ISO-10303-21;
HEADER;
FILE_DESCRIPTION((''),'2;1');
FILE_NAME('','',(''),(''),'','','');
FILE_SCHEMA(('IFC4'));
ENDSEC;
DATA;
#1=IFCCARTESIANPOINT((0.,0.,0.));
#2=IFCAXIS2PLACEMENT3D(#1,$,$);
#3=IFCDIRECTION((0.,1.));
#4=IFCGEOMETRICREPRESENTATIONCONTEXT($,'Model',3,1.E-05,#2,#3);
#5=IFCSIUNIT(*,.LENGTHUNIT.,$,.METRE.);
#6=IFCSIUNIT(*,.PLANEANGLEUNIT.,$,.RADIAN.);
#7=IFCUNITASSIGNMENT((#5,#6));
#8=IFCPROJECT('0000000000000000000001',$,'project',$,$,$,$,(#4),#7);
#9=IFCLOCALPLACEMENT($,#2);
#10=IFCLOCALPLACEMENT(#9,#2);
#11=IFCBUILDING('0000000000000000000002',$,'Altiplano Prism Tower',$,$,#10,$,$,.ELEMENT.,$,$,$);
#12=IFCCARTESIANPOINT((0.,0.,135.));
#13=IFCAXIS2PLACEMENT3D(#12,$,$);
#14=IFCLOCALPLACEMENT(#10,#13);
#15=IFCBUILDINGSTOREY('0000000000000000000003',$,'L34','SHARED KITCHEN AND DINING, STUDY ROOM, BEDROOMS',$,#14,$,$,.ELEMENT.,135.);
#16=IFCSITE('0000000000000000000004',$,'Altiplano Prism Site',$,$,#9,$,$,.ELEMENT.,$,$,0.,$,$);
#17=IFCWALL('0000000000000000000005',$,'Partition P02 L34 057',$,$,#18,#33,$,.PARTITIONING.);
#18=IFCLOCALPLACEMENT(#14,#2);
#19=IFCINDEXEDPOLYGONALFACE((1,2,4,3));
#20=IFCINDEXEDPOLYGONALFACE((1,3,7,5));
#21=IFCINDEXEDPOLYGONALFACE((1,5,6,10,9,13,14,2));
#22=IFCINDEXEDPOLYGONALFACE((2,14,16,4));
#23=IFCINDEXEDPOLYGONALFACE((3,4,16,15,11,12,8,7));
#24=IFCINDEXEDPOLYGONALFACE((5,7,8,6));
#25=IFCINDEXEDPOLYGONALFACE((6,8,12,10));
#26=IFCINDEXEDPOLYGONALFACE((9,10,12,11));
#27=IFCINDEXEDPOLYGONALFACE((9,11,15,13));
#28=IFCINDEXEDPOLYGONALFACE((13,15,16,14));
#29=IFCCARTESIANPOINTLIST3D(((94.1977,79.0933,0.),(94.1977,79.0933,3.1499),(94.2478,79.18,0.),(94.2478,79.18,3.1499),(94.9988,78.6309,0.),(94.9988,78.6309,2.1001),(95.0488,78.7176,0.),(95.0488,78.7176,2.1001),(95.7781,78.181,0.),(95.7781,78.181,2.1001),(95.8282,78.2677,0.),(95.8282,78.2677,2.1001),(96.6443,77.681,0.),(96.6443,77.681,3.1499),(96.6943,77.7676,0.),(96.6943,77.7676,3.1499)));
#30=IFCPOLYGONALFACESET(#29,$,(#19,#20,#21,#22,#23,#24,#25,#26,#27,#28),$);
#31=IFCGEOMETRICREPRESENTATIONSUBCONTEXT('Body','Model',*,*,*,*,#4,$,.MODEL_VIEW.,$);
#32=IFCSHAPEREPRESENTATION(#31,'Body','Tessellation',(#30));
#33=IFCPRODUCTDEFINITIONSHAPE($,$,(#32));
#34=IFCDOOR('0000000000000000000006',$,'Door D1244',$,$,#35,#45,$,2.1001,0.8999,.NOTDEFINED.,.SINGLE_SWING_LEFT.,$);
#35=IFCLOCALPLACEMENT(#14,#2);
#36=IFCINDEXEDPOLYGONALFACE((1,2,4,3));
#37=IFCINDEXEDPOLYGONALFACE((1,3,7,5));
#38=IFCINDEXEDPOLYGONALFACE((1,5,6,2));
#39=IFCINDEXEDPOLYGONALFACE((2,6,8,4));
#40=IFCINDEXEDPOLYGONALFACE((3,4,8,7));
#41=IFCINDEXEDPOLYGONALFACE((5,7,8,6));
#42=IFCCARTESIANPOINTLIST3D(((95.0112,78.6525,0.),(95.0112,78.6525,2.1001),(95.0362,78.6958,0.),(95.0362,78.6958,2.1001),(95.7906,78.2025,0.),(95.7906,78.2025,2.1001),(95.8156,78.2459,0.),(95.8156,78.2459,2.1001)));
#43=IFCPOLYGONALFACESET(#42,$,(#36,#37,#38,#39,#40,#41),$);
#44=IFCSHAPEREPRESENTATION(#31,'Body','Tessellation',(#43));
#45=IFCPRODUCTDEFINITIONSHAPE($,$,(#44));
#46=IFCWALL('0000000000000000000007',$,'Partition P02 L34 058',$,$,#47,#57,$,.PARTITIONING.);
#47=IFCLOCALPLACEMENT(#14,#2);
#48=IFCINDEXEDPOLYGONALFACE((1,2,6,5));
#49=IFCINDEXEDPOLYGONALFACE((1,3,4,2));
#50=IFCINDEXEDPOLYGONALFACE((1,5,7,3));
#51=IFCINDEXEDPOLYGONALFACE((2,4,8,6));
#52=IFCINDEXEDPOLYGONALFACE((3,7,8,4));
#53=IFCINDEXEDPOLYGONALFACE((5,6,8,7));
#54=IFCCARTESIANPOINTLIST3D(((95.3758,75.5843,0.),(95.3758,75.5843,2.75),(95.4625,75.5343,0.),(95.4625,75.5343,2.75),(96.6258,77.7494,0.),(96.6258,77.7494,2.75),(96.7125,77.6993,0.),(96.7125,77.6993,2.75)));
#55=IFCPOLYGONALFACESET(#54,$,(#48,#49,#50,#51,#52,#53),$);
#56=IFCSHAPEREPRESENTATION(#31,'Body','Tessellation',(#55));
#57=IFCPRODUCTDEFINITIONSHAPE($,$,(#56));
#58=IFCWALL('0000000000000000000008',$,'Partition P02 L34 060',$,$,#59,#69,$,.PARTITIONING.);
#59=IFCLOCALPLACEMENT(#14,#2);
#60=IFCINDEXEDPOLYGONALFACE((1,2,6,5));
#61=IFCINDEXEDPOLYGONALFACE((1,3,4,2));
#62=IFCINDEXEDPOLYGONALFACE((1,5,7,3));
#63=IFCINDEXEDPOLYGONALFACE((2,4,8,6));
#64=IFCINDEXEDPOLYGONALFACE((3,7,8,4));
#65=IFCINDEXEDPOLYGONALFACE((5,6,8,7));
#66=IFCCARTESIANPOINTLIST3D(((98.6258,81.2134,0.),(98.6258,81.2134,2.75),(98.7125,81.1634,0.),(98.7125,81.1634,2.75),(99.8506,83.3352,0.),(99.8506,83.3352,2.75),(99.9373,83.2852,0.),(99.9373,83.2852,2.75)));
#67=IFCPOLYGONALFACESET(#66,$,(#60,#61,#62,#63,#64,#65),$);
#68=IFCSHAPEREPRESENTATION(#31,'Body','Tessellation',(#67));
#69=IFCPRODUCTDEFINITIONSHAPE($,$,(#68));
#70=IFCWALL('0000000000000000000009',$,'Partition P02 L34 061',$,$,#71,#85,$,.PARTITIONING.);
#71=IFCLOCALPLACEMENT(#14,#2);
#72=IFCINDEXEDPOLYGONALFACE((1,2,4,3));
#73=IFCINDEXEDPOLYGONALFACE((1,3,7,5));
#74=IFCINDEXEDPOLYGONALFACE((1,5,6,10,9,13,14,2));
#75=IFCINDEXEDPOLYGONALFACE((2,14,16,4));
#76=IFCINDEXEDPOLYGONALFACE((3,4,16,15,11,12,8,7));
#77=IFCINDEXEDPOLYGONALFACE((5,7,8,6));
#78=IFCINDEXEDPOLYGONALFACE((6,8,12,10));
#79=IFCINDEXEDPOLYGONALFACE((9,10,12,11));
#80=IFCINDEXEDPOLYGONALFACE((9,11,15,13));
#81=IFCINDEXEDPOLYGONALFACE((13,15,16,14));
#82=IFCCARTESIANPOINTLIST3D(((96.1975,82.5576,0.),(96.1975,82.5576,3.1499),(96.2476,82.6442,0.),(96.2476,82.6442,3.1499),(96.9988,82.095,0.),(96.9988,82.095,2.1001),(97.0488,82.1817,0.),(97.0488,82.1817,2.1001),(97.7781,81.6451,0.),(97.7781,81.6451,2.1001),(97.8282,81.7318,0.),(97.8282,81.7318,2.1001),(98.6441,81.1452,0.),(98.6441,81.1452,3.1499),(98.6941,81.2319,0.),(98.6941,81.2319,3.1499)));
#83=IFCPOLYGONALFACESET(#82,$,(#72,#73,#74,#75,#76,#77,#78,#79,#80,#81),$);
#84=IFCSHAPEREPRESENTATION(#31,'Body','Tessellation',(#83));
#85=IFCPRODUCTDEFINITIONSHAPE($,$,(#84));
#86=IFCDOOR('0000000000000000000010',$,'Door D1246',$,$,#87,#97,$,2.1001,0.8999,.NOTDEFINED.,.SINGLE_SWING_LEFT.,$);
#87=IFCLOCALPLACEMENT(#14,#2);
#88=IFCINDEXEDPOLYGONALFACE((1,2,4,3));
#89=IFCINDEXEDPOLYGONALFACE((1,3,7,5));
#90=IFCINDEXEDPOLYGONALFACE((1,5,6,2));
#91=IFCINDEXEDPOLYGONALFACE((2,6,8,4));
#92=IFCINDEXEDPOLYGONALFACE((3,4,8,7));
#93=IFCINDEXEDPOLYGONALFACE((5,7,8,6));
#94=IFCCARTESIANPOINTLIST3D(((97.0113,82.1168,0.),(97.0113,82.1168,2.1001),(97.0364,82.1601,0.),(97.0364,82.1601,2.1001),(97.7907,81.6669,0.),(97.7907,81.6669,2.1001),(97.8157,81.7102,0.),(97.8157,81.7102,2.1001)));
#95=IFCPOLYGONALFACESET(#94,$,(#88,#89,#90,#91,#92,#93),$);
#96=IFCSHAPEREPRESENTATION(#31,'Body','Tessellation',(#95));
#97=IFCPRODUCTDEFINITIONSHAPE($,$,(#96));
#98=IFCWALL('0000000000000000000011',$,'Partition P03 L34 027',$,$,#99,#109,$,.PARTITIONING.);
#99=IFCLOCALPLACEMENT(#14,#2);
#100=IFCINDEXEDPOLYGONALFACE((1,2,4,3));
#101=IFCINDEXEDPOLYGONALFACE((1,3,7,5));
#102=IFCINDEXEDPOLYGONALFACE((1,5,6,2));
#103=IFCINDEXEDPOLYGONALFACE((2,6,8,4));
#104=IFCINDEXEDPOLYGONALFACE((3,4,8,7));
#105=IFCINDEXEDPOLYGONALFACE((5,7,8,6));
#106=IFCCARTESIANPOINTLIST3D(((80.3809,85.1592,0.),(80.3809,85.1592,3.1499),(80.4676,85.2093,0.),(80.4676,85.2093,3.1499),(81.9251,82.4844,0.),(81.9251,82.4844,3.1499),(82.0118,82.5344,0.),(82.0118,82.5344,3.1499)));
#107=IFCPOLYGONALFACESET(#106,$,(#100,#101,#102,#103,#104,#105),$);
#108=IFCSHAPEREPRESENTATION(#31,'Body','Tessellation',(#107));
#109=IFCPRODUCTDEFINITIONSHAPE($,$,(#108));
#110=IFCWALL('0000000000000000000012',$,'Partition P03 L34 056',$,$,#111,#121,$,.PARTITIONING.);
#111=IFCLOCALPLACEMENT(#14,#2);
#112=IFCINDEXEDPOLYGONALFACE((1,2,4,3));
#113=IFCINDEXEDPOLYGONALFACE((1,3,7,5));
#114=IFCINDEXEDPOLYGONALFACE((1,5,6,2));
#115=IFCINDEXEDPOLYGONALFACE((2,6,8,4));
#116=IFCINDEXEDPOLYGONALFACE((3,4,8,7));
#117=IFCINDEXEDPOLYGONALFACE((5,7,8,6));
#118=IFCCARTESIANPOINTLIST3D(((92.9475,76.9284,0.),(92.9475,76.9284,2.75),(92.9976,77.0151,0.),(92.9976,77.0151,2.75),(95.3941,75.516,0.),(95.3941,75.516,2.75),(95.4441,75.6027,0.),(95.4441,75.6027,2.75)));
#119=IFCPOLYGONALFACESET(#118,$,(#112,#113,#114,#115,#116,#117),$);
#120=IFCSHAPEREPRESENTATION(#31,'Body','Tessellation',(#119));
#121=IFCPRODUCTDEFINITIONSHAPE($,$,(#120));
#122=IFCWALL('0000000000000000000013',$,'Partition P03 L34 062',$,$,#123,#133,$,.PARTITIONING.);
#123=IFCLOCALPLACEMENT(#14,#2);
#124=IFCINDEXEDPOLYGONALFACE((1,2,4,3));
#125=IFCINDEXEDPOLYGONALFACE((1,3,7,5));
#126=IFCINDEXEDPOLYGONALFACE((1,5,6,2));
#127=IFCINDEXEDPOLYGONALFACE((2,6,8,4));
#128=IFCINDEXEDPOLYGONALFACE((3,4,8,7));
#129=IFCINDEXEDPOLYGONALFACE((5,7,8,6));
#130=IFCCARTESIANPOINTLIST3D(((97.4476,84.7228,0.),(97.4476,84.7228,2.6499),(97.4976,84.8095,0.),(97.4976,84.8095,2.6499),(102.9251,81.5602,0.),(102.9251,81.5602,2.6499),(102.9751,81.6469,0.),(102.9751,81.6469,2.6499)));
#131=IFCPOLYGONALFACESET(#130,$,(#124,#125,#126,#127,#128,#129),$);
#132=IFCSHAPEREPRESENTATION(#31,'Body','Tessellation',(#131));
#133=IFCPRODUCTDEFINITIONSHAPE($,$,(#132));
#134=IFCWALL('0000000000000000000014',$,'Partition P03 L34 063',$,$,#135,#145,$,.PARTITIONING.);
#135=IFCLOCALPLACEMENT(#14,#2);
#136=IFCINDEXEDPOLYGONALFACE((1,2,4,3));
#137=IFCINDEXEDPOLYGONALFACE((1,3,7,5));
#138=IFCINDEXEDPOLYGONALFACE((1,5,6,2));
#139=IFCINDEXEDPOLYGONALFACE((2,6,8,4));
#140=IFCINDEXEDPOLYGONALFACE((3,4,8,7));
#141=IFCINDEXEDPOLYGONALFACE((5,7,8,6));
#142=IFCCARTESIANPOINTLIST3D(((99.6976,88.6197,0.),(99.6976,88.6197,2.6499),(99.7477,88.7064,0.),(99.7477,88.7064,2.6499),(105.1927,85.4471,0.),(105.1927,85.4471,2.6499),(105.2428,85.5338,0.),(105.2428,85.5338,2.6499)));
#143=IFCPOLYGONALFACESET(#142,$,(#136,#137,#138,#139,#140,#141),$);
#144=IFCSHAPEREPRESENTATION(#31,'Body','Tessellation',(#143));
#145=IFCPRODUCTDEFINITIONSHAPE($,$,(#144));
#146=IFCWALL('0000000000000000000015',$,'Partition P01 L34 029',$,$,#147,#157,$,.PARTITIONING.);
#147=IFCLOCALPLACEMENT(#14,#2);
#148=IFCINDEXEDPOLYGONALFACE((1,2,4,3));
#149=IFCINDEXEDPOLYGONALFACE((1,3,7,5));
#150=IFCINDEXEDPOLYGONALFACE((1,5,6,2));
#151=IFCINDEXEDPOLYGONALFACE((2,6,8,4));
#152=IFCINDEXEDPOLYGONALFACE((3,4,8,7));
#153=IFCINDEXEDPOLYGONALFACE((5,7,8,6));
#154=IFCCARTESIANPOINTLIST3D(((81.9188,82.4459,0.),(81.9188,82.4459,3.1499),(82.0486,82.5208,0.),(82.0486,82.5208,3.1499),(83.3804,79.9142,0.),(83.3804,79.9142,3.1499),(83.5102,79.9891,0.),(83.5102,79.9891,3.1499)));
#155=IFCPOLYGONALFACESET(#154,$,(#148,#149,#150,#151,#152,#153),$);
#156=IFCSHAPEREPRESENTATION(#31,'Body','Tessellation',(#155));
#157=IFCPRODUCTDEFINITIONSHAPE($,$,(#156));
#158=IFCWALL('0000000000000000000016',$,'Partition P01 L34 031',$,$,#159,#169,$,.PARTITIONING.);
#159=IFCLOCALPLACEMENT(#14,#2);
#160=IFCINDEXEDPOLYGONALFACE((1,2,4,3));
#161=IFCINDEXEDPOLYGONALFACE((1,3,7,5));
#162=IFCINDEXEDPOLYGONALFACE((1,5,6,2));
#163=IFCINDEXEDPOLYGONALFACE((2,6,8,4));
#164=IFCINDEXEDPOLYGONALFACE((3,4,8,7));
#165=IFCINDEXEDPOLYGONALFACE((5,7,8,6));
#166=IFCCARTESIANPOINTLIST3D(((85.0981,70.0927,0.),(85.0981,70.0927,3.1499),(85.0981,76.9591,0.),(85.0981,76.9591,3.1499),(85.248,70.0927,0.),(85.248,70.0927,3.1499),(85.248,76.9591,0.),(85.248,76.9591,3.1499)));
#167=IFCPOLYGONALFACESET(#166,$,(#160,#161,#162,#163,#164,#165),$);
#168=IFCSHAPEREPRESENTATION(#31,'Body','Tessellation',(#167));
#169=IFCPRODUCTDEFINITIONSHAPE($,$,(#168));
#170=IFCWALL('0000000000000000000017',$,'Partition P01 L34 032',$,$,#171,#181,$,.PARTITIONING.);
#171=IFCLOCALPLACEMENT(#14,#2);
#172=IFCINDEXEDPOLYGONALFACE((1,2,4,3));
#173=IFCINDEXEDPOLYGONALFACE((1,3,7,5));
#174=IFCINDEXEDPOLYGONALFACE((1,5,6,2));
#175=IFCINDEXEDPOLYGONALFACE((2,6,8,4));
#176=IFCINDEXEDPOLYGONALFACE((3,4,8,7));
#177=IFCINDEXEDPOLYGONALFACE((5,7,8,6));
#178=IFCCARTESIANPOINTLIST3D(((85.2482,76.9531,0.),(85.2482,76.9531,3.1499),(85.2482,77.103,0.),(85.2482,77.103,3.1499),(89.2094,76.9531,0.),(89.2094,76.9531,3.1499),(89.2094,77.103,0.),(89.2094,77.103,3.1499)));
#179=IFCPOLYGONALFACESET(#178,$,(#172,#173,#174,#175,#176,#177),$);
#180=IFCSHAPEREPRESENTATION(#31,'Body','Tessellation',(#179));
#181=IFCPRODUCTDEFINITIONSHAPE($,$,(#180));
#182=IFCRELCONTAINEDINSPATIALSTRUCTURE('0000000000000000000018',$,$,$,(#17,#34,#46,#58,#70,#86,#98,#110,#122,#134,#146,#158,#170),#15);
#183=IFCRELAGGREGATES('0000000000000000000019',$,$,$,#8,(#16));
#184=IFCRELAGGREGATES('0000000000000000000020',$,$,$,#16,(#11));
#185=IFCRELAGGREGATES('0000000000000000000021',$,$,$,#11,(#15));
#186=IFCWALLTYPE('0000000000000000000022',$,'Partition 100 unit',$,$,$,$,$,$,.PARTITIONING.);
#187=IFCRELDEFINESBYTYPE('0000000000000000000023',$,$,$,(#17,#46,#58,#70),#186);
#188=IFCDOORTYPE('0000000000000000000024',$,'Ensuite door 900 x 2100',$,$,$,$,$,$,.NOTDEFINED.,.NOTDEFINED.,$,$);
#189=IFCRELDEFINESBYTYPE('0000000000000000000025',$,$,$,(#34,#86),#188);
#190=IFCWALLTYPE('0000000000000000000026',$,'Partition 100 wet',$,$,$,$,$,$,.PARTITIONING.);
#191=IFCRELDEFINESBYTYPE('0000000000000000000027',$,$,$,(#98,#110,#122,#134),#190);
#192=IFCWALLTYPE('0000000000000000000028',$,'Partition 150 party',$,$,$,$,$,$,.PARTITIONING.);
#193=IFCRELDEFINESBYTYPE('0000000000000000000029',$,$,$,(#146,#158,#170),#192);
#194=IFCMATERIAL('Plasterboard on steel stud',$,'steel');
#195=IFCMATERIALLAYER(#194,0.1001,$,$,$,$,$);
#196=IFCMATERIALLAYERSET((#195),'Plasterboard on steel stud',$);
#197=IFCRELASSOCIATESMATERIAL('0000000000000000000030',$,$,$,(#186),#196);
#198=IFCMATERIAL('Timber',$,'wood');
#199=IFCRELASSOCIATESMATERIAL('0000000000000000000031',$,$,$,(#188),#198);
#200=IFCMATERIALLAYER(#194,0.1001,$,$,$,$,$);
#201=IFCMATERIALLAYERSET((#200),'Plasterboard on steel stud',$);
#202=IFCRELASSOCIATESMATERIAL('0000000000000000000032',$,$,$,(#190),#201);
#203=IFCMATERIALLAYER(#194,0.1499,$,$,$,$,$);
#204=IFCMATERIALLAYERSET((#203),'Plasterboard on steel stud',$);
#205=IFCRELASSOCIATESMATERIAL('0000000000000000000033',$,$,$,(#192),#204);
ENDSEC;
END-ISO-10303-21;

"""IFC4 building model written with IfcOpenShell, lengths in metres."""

from ifc_helpers import new_model, si_unit, direction, frame, frame_2d, origin, place, context, subcontext, project, spatial, rectangle, extrude, material, layer, layer_set, type_object, element, fill, save


model = new_model("IFC4")

# Units and contexts
model_context = context("Model", 3, precision=1e-05, world=origin(), true_north=direction((0.0, 1.0)))
body_context = subcontext(model_context, "Body", "Model", "MODEL_VIEW")
ifc_project = project(units=[si_unit("LENGTHUNIT", "METRE"), si_unit("PLANEANGLEUNIT", "RADIAN")], contexts=[model_context])

# Site, building, storey
site_placement = place(None, origin())
site = spatial("IfcSite", under=ifc_project, at=site_placement, Name="Altiplano Prism Site", CompositionType="ELEMENT", RefElevation=0.0)
building_placement = place(site_placement, origin())
building = spatial("IfcBuilding", under=site, at=building_placement, Name="Altiplano Prism Tower", CompositionType="ELEMENT")
storey_placement = place(building_placement, frame((0.0, 0.0, 135.0)))
storey = spatial("IfcBuildingStorey", under=building, at=storey_placement, Name="L34", Description="SHARED KITCHEN AND DINING, STUDY ROOM, BEDROOMS", CompositionType="ELEMENT", Elevation=135.0)

# Wall, opening, door
ifc_material_1 = material(Name="Plasterboard on steel stud", Category="steel")
ifc_layer_1 = layer(ifc_material_1, 0.1001)
ifc_layer_set_1 = layer_set([ifc_layer_1], Name="Plasterboard on steel stud")
wall_type_1 = type_object("IfcWallType", Name="Partition 100 unit", PredefinedType="PARTITIONING", material=ifc_layer_set_1)
wall_1_placement = place(storey_placement, frame((94.2227, 79.1367, 0.0), z_axis=(0.0, 0.0, 1.0), x_axis=(0.866049, -0.499959, 0.0)))
wall_1 = element("IfcWall", 1, at=wall_1_placement, inside=storey, type_object=wall_type_1, Name="Partition P02 L34 057", PredefinedType="PARTITIONING", context=body_context, shape_type="SweptSolid", body=[
    extrude(rectangle(XDim=2.825, YDim=0.1001, at=frame_2d((1.4126, 0.0))), origin(), (0.0, 0.0, 1.0), 3.1499),
])
opening_1_placement = place(wall_1_placement, frame((0.925, 0.0, 0.0)))
opening_1 = element("IfcOpeningElement", 2, at=opening_1_placement, cuts=wall_1, PredefinedType="OPENING", context=body_context, shape_type="SweptSolid", body=[
    extrude(rectangle(XDim=0.8999, YDim=2.1001, at=frame_2d((0.45, 1.05))), frame((0.0, 0.0605, 0.0), z_axis=(0.0, -1.0, 0.0), x_axis=(1.0, 0.0, 0.0)), (0.0, 0.0, 1.0), 0.1211),
])
ifc_material_2 = material(Name="Timber", Category="wood")
door_type = type_object("IfcDoorType", Name="Ensuite door 900 x 2100", OperationType="NOTDEFINED", PredefinedType="NOTDEFINED", material=ifc_material_2)
door_1_placement = place(opening_1_placement, origin())
door_1 = element("IfcDoor", 3, at=door_1_placement, inside=storey, type_object=door_type, Name="Door D1244", OperationType="SINGLE_SWING_LEFT", OverallHeight=2.1001, OverallWidth=0.8999, PredefinedType="NOTDEFINED", context=body_context, shape_type="SweptSolid", body=[
    extrude(rectangle(XDim=0.8999, YDim=2.1001, at=frame_2d((0.45, 1.05))), frame((0.0, 0.0249, 0.0), z_axis=(0.0, -1.0, 0.0), x_axis=(1.0, 0.0, 0.0)), (0.0, 0.0, 1.0), 0.05),
])
fill(opening_1, door_1)

# Walls
wall_2_placement = place(storey_placement, frame((96.6692, 77.7244, 0.0), z_axis=(0.0, 0.0, 1.0), x_axis=(-0.500004, -0.866023, 0.0)))
element("IfcWall", 4, at=wall_2_placement, inside=storey, type_object=wall_type_1, Name="Partition P02 L34 058", PredefinedType="PARTITIONING", context=body_context, shape_type="SweptSolid", body=[
    extrude(rectangle(XDim=2.5, YDim=0.1001, at=frame_2d((1.25, 0.0))), origin(), (0.0, 0.0, 1.0), 2.75),
])
wall_3_placement = place(storey_placement, frame((99.894, 83.3103, 0.0), z_axis=(0.0, 0.0, 1.0), x_axis=(-0.499944, -0.866058, 0.0)))
element("IfcWall", 5, at=wall_3_placement, inside=storey, type_object=wall_type_1, Name="Partition P02 L34 060", PredefinedType="PARTITIONING", context=body_context, shape_type="SweptSolid", body=[
    extrude(rectangle(XDim=2.45, YDim=0.1001, at=frame_2d((1.2251, 0.0))), origin(), (0.0, 0.0, 1.0), 2.75),
])

# Wall, opening, door
wall_4_placement = place(storey_placement, frame((98.6692, 81.1885, 0.0), z_axis=(0.0, 0.0, 1.0), x_axis=(-0.866049, 0.499959, 0.0)))
wall_4 = element("IfcWall", 6, at=wall_4_placement, inside=storey, type_object=wall_type_1, Name="Partition P02 L34 061", PredefinedType="PARTITIONING", context=body_context, shape_type="SweptSolid", body=[
    extrude(rectangle(XDim=2.825, YDim=0.1001, at=frame_2d((1.4126, 0.0))), origin(), (0.0, 0.0, 1.0), 3.1499),
])
opening_2_placement = place(wall_4_placement, frame((1.0, 0.0, 0.0)))
opening_2 = element("IfcOpeningElement", 7, at=opening_2_placement, cuts=wall_4, PredefinedType="OPENING", context=body_context, shape_type="SweptSolid", body=[
    extrude(rectangle(XDim=0.8999, YDim=2.1001, at=frame_2d((0.45, 1.05))), frame((0.0, 0.0605, 0.0), z_axis=(0.0, -1.0, 0.0), x_axis=(1.0, 0.0, 0.0)), (0.0, 0.0, 1.0), 0.1211),
])
door_2_placement = place(opening_2_placement, origin())
door_2 = element("IfcDoor", 8, at=door_2_placement, inside=storey, type_object=door_type, Name="Door D1246", OperationType="SINGLE_SWING_LEFT", OverallHeight=2.1001, OverallWidth=0.8999, PredefinedType="NOTDEFINED", context=body_context, shape_type="SweptSolid", body=[
    extrude(rectangle(XDim=0.8999, YDim=2.1001, at=frame_2d((0.45, 1.05))), frame((0.0, 0.0249, 0.0), z_axis=(0.0, -1.0, 0.0), x_axis=(1.0, 0.0, 0.0)), (0.0, 0.0, 1.0), 0.05),
])
fill(opening_2, door_2)

# Walls
ifc_layer_2 = layer(ifc_material_1, 0.1001)
ifc_layer_set_2 = layer_set([ifc_layer_2], Name="Plasterboard on steel stud")
wall_type_2 = type_object("IfcWallType", Name="Partition 100 wet", PredefinedType="PARTITIONING", material=ifc_layer_set_2)
wall_5_placement = place(storey_placement, frame((81.9685, 82.5093, 0.0), z_axis=(0.0, 0.0, 1.0), x_axis=(-0.499973, 0.866041, 0.0)))
element("IfcWall", 9, at=wall_5_placement, inside=storey, type_object=wall_type_2, Name="Partition P03 L34 027", PredefinedType="PARTITIONING", context=body_context, shape_type="SweptSolid", body=[
    extrude(rectangle(XDim=3.0886, YDim=0.1001, at=frame_2d((1.5444, 0.0))), origin(), (0.0, 0.0, 1.0), 3.1499),
])
wall_6_placement = place(storey_placement, frame((95.4192, 75.5593, 0.0), z_axis=(0.0, 0.0, 1.0), x_axis=(-0.866049, 0.499959, 0.0)))
element("IfcWall", 10, at=wall_6_placement, inside=storey, type_object=wall_type_2, Name="Partition P03 L34 056", PredefinedType="PARTITIONING", context=body_context, shape_type="SweptSolid", body=[
    extrude(rectangle(XDim=2.825, YDim=0.1001, at=frame_2d((1.4126, 0.0))), origin(), (0.0, 0.0, 1.0), 2.75),
])
wall_7_placement = place(storey_placement, frame((102.9502, 81.6035, 0.0), z_axis=(0.0, 0.0, 1.0), x_axis=(-0.866016, 0.500016, 0.0)))
element("IfcWall", 11, at=wall_7_placement, inside=storey, type_object=wall_type_2, Name="Partition P03 L34 062", PredefinedType="PARTITIONING", context=body_context, shape_type="SweptSolid", body=[
    extrude(rectangle(XDim=6.325, YDim=0.1001, at=frame_2d((3.1626, 0.0))), origin(), (0.0, 0.0, 1.0), 2.6499),
])
wall_8_placement = place(storey_placement, frame((105.2178, 85.4905, 0.0), z_axis=(0.0, 0.0, 1.0), x_axis=(-0.866025, 0.5, 0.0)))
element("IfcWall", 12, at=wall_8_placement, inside=storey, type_object=wall_type_2, Name="Partition P03 L34 063", PredefinedType="PARTITIONING", context=body_context, shape_type="SweptSolid", body=[
    extrude(rectangle(XDim=6.3452, YDim=0.1001, at=frame_2d((3.1726, 0.0))), origin(), (0.0, 0.0, 1.0), 2.6499),
])
ifc_layer_3 = layer(ifc_material_1, 0.1499)
ifc_layer_set_3 = layer_set([ifc_layer_3], Name="Plasterboard on steel stud")
wall_type_3 = type_object("IfcWallType", Name="Partition 150 party", PredefinedType="PARTITIONING", material=ifc_layer_set_3)
wall_9_placement = place(storey_placement, frame((83.4453, 79.9517, 0.0), z_axis=(0.0, 0.0, 1.0), x_axis=(-0.499992, 0.86603, 0.0)))
element("IfcWall", 13, at=wall_9_placement, inside=storey, type_object=wall_type_3, Name="Partition P01 L34 029", PredefinedType="PARTITIONING", context=body_context, shape_type="SweptSolid", body=[
    extrude(rectangle(XDim=2.9233, YDim=0.1499, at=frame_2d((1.4617, 0.0))), origin(), (0.0, 0.0, 1.0), 3.1499),
])
wall_10_placement = place(storey_placement, frame((85.1731, 76.959, 0.0), z_axis=(0.0, 0.0, 1.0), x_axis=(0.0, -1.0, 0.0)))
element("IfcWall", 14, at=wall_10_placement, inside=storey, type_object=wall_type_3, Name="Partition P01 L34 031", PredefinedType="PARTITIONING", context=body_context, shape_type="SweptSolid", body=[
    extrude(rectangle(XDim=6.8665, YDim=0.1499, at=frame_2d((3.4331, 0.0))), origin(), (0.0, 0.0, 1.0), 3.1499),
])
wall_11_placement = place(storey_placement, frame((89.2092, 77.0281, 0.0), z_axis=(0.0, 0.0, 1.0), x_axis=(-1.0, 0.0, 0.0)))
element("IfcWall", 15, at=wall_11_placement, inside=storey, type_object=wall_type_3, Name="Partition P01 L34 032", PredefinedType="PARTITIONING", context=body_context, shape_type="SweptSolid", body=[
    extrude(rectangle(XDim=3.9612, YDim=0.1499, at=frame_2d((1.9805, 0.0))), origin(), (0.0, 0.0, 1.0), 3.1499),
])

save(model, "model.ifc")
